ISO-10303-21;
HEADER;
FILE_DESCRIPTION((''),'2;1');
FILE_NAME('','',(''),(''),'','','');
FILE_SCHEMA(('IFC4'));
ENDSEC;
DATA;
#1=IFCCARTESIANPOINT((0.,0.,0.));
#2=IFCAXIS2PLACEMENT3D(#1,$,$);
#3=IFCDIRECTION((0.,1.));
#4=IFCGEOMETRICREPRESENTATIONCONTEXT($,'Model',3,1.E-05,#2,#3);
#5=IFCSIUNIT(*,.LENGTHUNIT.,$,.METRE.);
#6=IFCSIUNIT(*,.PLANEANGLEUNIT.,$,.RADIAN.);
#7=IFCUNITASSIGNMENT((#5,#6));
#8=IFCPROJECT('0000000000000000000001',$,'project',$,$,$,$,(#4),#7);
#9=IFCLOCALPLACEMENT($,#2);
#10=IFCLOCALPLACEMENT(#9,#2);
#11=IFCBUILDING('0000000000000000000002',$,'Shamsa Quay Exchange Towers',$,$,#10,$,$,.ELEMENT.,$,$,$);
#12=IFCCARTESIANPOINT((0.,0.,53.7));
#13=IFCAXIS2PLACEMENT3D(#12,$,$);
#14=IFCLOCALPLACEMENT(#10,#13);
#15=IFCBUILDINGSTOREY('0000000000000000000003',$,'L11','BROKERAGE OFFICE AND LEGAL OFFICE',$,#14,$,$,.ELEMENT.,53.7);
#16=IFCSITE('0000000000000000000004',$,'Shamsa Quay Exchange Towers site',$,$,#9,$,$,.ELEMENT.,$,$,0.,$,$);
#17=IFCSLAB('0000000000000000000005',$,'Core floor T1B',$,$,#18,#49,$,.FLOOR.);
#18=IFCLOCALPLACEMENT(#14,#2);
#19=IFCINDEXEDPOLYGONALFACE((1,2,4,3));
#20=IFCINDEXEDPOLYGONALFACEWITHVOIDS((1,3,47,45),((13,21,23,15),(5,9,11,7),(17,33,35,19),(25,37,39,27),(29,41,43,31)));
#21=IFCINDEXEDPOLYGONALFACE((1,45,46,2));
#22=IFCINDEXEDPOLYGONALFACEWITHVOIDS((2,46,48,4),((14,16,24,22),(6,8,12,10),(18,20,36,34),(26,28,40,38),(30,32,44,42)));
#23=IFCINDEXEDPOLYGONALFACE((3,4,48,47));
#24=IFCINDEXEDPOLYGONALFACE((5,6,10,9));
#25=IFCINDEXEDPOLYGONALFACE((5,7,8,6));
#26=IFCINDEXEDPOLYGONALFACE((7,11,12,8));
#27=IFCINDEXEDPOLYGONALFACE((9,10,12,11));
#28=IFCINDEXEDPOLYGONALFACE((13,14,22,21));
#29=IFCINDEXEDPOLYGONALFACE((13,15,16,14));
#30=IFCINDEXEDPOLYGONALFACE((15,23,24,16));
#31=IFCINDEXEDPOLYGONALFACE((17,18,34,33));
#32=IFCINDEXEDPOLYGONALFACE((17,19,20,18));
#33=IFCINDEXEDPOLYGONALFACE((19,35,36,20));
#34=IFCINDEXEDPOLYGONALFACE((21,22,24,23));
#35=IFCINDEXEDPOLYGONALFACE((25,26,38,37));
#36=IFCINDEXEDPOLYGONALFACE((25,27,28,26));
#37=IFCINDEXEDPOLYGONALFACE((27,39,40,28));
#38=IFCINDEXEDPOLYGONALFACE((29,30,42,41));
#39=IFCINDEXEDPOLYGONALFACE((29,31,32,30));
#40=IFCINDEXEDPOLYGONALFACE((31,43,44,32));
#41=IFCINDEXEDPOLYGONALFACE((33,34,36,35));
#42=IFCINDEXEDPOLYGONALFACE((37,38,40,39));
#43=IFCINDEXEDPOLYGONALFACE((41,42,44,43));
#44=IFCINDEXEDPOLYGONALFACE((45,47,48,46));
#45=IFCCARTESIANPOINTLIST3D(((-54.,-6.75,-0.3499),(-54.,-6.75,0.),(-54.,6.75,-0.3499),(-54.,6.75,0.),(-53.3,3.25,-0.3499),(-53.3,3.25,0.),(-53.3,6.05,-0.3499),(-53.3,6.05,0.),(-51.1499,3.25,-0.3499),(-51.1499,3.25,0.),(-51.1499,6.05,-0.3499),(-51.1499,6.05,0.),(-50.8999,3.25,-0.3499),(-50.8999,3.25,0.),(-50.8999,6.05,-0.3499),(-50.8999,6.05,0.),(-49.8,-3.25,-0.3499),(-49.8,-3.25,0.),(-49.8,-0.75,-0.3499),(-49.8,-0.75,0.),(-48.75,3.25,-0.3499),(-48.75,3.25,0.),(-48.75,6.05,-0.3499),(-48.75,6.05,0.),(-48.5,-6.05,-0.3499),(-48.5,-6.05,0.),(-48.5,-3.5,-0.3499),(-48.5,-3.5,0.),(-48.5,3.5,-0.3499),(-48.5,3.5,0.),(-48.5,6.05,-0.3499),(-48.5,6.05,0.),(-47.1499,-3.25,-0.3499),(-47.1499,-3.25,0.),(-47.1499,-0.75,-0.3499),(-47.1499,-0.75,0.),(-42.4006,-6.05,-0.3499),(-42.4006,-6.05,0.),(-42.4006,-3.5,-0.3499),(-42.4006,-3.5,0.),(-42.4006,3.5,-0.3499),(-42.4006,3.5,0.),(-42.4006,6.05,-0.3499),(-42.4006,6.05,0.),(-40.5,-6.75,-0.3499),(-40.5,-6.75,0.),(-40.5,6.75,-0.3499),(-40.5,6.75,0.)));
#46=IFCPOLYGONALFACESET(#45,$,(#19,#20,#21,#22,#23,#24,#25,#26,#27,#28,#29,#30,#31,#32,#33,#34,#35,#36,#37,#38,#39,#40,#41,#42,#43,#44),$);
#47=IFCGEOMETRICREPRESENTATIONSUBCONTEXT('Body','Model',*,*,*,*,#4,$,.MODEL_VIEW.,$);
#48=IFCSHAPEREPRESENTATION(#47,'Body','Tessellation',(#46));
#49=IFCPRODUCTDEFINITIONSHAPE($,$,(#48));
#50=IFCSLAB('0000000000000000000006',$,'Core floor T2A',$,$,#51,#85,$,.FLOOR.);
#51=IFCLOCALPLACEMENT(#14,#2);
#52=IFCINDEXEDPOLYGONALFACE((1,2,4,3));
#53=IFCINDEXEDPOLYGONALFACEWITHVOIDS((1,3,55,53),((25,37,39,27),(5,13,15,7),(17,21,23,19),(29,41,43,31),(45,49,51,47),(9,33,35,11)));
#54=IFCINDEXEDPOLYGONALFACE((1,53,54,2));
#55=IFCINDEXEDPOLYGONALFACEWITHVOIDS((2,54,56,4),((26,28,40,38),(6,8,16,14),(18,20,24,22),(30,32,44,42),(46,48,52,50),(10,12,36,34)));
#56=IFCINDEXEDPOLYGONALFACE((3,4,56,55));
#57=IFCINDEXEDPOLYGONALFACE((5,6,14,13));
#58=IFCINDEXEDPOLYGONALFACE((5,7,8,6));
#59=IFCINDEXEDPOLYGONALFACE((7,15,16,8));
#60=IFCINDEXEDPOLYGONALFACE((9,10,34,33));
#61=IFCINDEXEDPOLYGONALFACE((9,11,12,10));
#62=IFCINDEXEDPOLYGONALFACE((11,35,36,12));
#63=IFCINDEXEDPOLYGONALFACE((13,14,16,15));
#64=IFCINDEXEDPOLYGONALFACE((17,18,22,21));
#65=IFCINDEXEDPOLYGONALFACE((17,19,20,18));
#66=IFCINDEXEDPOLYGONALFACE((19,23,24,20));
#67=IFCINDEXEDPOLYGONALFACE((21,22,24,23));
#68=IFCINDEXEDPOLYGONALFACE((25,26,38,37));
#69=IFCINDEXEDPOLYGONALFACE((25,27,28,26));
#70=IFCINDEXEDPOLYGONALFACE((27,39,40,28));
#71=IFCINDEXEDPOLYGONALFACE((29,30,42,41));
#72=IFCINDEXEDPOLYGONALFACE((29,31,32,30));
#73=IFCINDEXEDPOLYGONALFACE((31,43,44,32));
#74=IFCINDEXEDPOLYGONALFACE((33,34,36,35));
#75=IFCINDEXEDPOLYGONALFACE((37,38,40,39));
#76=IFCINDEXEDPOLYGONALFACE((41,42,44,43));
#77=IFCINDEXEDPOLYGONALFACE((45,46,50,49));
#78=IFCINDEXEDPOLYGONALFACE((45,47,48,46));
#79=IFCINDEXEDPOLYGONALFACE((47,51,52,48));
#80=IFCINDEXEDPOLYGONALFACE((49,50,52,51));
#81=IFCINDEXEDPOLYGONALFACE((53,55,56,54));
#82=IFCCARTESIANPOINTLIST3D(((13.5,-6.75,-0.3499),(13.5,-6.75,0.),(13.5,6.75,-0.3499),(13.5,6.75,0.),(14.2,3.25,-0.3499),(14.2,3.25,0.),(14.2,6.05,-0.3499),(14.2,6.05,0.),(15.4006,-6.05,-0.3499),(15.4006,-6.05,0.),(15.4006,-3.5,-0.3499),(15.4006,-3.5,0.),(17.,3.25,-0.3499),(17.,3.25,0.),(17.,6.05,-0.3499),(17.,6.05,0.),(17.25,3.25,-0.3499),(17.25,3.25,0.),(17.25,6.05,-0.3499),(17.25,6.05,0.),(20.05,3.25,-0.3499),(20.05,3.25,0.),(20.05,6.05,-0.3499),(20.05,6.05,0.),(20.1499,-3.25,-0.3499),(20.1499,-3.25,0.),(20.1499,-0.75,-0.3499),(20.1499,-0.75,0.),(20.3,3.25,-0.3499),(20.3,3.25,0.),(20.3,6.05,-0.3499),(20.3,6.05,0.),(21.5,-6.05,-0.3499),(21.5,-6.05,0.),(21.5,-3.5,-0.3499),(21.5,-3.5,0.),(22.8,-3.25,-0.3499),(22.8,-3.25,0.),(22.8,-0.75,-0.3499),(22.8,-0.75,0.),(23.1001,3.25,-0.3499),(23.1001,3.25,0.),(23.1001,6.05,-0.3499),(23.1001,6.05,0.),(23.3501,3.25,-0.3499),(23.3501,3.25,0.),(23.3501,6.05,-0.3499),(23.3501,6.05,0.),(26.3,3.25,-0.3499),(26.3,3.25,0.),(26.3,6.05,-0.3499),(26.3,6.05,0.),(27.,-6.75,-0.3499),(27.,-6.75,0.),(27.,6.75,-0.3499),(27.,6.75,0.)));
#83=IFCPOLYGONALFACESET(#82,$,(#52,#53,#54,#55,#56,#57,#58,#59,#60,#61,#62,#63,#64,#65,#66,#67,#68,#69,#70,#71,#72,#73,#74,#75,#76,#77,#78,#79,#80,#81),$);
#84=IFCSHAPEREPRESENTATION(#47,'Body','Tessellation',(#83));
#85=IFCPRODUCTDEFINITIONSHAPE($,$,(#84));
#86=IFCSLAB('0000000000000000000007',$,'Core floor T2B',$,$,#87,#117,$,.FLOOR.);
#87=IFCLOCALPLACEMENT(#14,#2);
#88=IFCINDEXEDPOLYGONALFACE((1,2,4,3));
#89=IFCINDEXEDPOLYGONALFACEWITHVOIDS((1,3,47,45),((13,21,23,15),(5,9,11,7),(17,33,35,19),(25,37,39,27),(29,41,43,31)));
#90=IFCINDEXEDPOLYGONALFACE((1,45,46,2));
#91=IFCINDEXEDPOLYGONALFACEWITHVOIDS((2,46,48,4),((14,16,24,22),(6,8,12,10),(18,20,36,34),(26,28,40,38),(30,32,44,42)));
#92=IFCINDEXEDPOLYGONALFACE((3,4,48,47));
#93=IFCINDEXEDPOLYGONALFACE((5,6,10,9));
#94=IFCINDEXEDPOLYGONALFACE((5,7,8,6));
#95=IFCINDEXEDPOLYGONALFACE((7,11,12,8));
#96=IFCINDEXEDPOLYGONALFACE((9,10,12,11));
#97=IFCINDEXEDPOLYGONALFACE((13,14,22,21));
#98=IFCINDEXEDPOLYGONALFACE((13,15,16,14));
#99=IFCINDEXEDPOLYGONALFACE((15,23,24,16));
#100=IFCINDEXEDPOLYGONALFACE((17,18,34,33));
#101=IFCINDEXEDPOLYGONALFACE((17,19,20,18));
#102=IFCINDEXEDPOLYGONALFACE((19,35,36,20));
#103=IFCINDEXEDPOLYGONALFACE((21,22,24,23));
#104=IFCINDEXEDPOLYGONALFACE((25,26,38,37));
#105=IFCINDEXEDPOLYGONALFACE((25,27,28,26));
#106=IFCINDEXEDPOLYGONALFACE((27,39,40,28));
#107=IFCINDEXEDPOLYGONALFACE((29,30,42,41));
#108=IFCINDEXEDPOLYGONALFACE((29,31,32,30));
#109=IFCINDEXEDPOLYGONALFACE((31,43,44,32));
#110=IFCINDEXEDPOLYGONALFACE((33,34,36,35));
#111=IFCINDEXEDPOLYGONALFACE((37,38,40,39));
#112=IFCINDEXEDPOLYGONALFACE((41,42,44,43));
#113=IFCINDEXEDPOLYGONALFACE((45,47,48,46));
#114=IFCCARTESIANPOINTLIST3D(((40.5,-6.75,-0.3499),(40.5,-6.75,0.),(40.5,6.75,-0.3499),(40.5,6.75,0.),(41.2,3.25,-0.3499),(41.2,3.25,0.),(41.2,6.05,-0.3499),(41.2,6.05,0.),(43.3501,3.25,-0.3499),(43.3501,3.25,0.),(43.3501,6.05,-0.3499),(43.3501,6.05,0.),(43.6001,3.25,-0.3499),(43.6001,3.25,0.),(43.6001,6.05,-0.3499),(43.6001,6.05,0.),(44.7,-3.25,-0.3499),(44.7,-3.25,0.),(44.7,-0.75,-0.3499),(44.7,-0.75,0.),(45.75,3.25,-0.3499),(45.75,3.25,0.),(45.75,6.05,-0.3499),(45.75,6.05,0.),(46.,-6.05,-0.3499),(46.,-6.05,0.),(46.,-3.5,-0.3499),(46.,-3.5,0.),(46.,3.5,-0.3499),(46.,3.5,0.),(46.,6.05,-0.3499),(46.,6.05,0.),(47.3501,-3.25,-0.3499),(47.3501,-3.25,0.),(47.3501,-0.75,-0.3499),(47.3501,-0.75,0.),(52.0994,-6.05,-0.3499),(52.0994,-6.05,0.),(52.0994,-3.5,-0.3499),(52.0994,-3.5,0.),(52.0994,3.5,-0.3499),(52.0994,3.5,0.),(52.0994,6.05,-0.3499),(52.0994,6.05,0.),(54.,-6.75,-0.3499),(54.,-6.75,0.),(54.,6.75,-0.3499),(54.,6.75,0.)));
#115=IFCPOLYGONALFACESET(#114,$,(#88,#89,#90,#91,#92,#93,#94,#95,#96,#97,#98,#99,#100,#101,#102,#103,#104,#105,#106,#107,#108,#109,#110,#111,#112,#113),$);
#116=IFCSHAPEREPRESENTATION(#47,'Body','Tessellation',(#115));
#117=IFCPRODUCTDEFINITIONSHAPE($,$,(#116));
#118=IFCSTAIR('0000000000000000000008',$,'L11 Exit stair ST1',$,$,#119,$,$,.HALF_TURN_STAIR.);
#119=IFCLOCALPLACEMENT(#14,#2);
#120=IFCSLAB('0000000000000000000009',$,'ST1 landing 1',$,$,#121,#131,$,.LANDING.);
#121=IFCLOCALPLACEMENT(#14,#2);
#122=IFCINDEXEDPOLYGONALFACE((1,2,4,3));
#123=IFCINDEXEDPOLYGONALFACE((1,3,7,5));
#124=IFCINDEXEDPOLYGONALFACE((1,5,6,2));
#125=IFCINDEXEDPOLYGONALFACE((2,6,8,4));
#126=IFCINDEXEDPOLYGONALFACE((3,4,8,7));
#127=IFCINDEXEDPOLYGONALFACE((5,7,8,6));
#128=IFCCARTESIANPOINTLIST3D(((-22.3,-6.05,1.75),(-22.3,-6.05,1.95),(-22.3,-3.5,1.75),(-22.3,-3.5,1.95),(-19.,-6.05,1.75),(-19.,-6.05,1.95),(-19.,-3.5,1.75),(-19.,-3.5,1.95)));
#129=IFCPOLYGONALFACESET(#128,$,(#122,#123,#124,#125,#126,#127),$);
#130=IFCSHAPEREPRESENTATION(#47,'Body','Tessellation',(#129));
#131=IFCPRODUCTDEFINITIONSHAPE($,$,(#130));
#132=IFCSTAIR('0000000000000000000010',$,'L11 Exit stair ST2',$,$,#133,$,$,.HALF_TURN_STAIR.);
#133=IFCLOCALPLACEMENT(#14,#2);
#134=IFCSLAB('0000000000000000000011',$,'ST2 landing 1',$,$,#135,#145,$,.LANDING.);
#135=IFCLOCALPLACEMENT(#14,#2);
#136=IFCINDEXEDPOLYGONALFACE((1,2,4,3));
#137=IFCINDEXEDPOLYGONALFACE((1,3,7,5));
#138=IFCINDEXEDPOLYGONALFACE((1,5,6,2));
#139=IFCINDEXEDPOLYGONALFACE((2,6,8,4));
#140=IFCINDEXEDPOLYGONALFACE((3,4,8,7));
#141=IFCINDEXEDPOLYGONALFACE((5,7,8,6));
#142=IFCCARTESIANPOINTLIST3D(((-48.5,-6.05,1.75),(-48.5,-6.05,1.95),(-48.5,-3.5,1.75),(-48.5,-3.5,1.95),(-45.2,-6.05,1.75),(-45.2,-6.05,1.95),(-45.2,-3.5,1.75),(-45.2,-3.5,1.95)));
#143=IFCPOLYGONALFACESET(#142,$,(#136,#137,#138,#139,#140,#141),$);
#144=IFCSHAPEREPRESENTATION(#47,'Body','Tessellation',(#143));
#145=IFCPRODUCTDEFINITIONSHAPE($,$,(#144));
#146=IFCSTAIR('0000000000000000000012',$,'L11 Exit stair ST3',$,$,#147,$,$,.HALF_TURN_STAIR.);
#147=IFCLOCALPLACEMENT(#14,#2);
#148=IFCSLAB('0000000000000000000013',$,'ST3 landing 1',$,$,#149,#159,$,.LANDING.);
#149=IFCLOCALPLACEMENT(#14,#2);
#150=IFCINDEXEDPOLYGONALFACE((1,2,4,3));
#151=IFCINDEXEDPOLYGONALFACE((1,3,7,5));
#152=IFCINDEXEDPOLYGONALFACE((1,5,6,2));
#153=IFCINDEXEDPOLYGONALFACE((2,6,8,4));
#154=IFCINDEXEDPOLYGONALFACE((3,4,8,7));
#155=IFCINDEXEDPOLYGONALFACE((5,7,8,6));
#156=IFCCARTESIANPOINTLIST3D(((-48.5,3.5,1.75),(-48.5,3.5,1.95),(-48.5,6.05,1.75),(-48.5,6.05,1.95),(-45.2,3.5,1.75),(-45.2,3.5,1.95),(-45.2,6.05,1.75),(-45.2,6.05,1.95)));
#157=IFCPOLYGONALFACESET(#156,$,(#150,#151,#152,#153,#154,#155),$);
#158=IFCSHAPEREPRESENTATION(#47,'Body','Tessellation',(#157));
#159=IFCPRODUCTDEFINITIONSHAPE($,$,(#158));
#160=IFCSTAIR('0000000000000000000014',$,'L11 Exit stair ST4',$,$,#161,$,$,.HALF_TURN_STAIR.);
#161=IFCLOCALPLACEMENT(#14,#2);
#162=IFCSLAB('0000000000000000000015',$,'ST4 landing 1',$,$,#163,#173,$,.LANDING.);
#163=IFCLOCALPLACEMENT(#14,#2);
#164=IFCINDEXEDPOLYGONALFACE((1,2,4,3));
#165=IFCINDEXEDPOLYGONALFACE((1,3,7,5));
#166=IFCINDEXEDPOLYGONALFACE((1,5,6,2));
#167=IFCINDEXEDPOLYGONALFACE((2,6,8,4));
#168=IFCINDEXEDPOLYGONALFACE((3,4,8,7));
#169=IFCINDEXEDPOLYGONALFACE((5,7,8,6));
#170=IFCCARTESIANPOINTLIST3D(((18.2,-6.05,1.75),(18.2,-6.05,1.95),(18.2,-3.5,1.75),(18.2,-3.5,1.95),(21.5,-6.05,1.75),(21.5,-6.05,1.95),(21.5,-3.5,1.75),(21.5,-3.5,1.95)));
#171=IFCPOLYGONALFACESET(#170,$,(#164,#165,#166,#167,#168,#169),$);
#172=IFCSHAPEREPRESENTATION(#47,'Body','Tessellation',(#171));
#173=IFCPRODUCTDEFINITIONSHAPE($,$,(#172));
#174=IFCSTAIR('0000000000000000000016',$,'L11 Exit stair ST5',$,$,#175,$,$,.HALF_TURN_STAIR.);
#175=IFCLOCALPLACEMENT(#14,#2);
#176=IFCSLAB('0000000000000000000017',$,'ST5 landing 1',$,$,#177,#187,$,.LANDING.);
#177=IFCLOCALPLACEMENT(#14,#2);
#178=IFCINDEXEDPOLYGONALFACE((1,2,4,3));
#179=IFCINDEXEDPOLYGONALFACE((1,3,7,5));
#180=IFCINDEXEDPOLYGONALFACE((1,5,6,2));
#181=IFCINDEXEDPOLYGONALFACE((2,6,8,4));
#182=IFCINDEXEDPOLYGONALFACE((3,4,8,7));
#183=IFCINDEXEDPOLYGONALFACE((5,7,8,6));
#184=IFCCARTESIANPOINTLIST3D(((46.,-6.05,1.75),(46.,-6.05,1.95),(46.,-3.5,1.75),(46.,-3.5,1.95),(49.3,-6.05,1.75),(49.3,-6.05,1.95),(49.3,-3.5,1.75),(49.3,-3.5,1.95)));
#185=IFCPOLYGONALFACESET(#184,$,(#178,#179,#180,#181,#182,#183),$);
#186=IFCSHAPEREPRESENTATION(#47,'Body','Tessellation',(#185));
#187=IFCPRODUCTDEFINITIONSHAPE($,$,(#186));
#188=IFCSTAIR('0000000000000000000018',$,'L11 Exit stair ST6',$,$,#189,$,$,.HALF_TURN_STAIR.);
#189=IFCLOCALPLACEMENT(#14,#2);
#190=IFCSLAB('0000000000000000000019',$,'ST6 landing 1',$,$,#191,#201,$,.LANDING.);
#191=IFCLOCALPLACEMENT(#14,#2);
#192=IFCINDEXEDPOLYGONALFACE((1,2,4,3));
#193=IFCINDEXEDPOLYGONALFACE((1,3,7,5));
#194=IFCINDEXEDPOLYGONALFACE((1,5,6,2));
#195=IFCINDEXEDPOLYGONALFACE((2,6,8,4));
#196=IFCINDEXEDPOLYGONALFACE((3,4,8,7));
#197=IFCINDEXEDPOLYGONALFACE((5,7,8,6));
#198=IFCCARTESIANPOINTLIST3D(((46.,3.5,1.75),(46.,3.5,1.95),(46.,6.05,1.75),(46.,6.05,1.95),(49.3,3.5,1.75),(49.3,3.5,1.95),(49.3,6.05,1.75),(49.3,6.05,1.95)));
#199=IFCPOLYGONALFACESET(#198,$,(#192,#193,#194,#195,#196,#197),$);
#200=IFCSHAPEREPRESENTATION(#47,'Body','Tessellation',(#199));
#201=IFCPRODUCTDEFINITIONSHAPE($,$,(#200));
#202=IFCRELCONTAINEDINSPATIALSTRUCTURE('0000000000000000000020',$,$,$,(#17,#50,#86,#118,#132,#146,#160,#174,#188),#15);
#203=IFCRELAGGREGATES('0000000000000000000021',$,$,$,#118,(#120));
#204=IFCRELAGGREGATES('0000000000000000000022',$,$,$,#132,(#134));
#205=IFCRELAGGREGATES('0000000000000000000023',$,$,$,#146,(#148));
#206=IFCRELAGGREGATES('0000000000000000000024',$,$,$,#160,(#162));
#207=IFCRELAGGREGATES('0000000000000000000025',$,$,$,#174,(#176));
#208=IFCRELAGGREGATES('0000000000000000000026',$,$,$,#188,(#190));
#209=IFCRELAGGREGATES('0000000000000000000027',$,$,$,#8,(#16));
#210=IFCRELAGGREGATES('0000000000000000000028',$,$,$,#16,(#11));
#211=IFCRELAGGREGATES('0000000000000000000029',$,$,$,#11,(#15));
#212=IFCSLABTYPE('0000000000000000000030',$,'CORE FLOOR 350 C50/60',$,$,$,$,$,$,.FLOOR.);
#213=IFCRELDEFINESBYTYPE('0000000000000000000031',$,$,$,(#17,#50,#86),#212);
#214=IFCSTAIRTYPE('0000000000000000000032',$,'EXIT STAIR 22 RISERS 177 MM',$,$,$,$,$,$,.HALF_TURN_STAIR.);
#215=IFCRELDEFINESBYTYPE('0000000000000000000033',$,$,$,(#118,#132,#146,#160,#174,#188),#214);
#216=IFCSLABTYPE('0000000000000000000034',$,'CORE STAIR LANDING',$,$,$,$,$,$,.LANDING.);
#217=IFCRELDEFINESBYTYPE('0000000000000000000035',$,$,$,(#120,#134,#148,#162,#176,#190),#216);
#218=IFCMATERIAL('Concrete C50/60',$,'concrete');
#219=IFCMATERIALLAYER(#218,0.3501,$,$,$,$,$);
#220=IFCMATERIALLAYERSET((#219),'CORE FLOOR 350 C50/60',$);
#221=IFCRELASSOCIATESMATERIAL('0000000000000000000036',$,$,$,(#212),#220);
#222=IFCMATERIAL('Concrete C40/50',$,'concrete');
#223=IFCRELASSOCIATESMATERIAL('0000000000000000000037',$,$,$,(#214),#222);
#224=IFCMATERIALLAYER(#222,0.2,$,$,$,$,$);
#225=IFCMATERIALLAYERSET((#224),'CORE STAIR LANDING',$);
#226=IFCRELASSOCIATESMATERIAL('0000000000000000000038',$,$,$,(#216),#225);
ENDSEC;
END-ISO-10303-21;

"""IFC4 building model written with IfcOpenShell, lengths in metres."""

from ifc_helpers import new_model, si_unit, direction, frame, origin, place, context, subcontext, project, spatial, polyline, outline, extrude, material, layer, layer_set, type_object, element, aggregate, save


model = new_model("IFC4")

# Units and contexts
model_context = context("Model", 3, precision=1e-05, world=origin(), true_north=direction((0.0, 1.0)))
body_context = subcontext(model_context, "Body", "Model", "MODEL_VIEW")
ifc_project = project(units=[si_unit("LENGTHUNIT", "METRE"), si_unit("PLANEANGLEUNIT", "RADIAN")], contexts=[model_context])

# Site, building, storey
site_placement = place(None, origin())
site = spatial("IfcSite", under=ifc_project, at=site_placement, Name="Shamsa Quay Exchange Towers site", CompositionType="ELEMENT", RefElevation=0.0)
building_placement = place(site_placement, origin())
building = spatial("IfcBuilding", under=site, at=building_placement, Name="Shamsa Quay Exchange Towers", CompositionType="ELEMENT")
storey_placement = place(building_placement, frame((0.0, 0.0, 53.7)))
storey = spatial("IfcBuildingStorey", under=building, at=storey_placement, Name="L11", Description="BROKERAGE OFFICE AND LEGAL OFFICE", CompositionType="ELEMENT", Elevation=53.7)

# Slabs
ifc_material_1 = material(Name="Concrete C50/60", Category="concrete")
ifc_layer_1 = layer(ifc_material_1, 0.3501)
ifc_layer_set_1 = layer_set([ifc_layer_1], Name="CORE FLOOR 350 C50/60")
slab_type_1 = type_object("IfcSlabType", Name="CORE FLOOR 350 C50/60", PredefinedType="FLOOR", material=ifc_layer_set_1)
slab_1_placement = place(storey_placement, frame((0.0, 0.0, -0.3499)))
element("IfcSlab", 1, at=slab_1_placement, inside=storey, type_object=slab_type_1, Name="Core floor T1B", PredefinedType="FLOOR", context=body_context, shape_type="SweptSolid", body=[
    extrude(outline(polyline([(-40.5, -6.75), (-40.5, 6.75), (-54.0, 6.75), (-54.0, -6.75), (-40.5, -6.75)]), holes=[polyline([(-42.4006, -3.5), (-42.4006, -6.05), (-48.5, -6.05), (-48.5, -3.5), (-42.4006, -3.5)]), polyline([(-42.4006, 6.05), (-42.4006, 3.5), (-48.5, 3.5), (-48.5, 6.05), (-42.4006, 6.05)]), polyline([(-48.75, 3.25), (-50.8999, 3.25), (-50.8999, 6.05), (-48.75, 6.05), (-48.75, 3.25)]), polyline([(-51.1499, 3.25), (-53.3, 3.25), (-53.3, 6.05), (-51.1499, 6.05), (-51.1499, 3.25)]), polyline([(-47.1499, -3.25), (-49.8, -3.25), (-49.8, -0.75), (-47.1499, -0.75), (-47.1499, -3.25)])]), origin(), (0.0, 0.0, 1.0), 0.3499),
])
slab_2_placement = place(storey_placement, frame((0.0, 0.0, -0.3499)))
element("IfcSlab", 2, at=slab_2_placement, inside=storey, type_object=slab_type_1, Name="Core floor T2A", PredefinedType="FLOOR", context=body_context, shape_type="SweptSolid", body=[
    extrude(outline(polyline([(13.5, -6.75), (27.0, -6.75), (27.0, 6.75), (13.5, 6.75), (13.5, -6.75)]), holes=[polyline([(15.4006, -6.05), (15.4006, -3.5), (21.5, -3.5), (21.5, -6.05), (15.4006, -6.05)]), polyline([(14.2, 3.25), (14.2, 6.05), (17.0, 6.05), (17.0, 3.25), (14.2, 3.25)]), polyline([(17.25, 3.25), (17.25, 6.05), (20.05, 6.05), (20.05, 3.25), (17.25, 3.25)]), polyline([(20.3, 3.25), (20.3, 6.05), (23.1001, 6.05), (23.1001, 3.25), (20.3, 3.25)]), polyline([(23.3501, 3.25), (23.3501, 6.05), (26.3, 6.05), (26.3, 3.25), (23.3501, 3.25)]), polyline([(20.1499, -3.25), (20.1499, -0.75), (22.8, -0.75), (22.8, -3.25), (20.1499, -3.25)])]), origin(), (0.0, 0.0, 1.0), 0.3499),
])
slab_3_placement = place(storey_placement, frame((0.0, 0.0, -0.3499)))
element("IfcSlab", 3, at=slab_3_placement, inside=storey, type_object=slab_type_1, Name="Core floor T2B", PredefinedType="FLOOR", context=body_context, shape_type="SweptSolid", body=[
    extrude(outline(polyline([(54.0, -6.75), (54.0, 6.75), (40.5, 6.75), (40.5, -6.75), (54.0, -6.75)]), holes=[polyline([(52.0994, -3.5), (52.0994, -6.05), (46.0, -6.05), (46.0, -3.5), (52.0994, -3.5)]), polyline([(52.0994, 6.05), (52.0994, 3.5), (46.0, 3.5), (46.0, 6.05), (52.0994, 6.05)]), polyline([(45.75, 3.25), (43.6001, 3.25), (43.6001, 6.05), (45.75, 6.05), (45.75, 3.25)]), polyline([(43.3501, 3.25), (41.2, 3.25), (41.2, 6.05), (43.3501, 6.05), (43.3501, 3.25)]), polyline([(47.3501, -3.25), (44.7, -3.25), (44.7, -0.75), (47.3501, -0.75), (47.3501, -3.25)])]), origin(), (0.0, 0.0, 1.0), 0.3499),
])

# Stairs, slabs
ifc_material_2 = material(Name="Concrete C40/50", Category="concrete")
stair_type = type_object("IfcStairType", Name="EXIT STAIR 22 RISERS 177 MM", PredefinedType="HALF_TURN_STAIR", material=ifc_material_2)
stair_1_placement = place(storey_placement, origin())
stair_1 = element("IfcStair", 4, at=stair_1_placement, inside=storey, type_object=stair_type, Name="L11 Exit stair ST1", PredefinedType="HALF_TURN_STAIR")
ifc_layer_2 = layer(ifc_material_2, 0.2)
ifc_layer_set_2 = layer_set([ifc_layer_2], Name="CORE STAIR LANDING")
slab_type_2 = type_object("IfcSlabType", Name="CORE STAIR LANDING", PredefinedType="LANDING", material=ifc_layer_set_2)
slab_4_placement = place(storey_placement, frame((0.0, 0.0, 1.75)))
slab_4 = element("IfcSlab", 5, at=slab_4_placement, type_object=slab_type_2, Name="ST1 landing 1", PredefinedType="LANDING", context=body_context, shape_type="SweptSolid", body=[
    extrude(outline(polyline([(-22.3, -6.05), (-19.0, -6.05), (-19.0, -3.5), (-22.3, -3.5), (-22.3, -6.05)])), origin(), (0.0, 0.0, 1.0), 0.2),
])
aggregate(stair_1, [slab_4])
stair_2_placement = place(storey_placement, origin())
stair_2 = element("IfcStair", 6, at=stair_2_placement, inside=storey, type_object=stair_type, Name="L11 Exit stair ST2", PredefinedType="HALF_TURN_STAIR")
slab_5_placement = place(storey_placement, frame((0.0, 0.0, 1.75)))
slab_5 = element("IfcSlab", 7, at=slab_5_placement, type_object=slab_type_2, Name="ST2 landing 1", PredefinedType="LANDING", context=body_context, shape_type="SweptSolid", body=[
    extrude(outline(polyline([(-45.2, -3.5), (-48.5, -3.5), (-48.5, -6.05), (-45.2, -6.05), (-45.2, -3.5)])), origin(), (0.0, 0.0, 1.0), 0.2),
])
aggregate(stair_2, [slab_5])
stair_3_placement = place(storey_placement, origin())
stair_3 = element("IfcStair", 8, at=stair_3_placement, inside=storey, type_object=stair_type, Name="L11 Exit stair ST3", PredefinedType="HALF_TURN_STAIR")
slab_6_placement = place(storey_placement, frame((0.0, 0.0, 1.75)))
slab_6 = element("IfcSlab", 9, at=slab_6_placement, type_object=slab_type_2, Name="ST3 landing 1", PredefinedType="LANDING", context=body_context, shape_type="SweptSolid", body=[
    extrude(outline(polyline([(-45.2, 6.05), (-48.5, 6.05), (-48.5, 3.5), (-45.2, 3.5), (-45.2, 6.05)])), origin(), (0.0, 0.0, 1.0), 0.2),
])
aggregate(stair_3, [slab_6])
stair_4_placement = place(storey_placement, origin())
stair_4 = element("IfcStair", 10, at=stair_4_placement, inside=storey, type_object=stair_type, Name="L11 Exit stair ST4", PredefinedType="HALF_TURN_STAIR")
slab_7_placement = place(storey_placement, frame((0.0, 0.0, 1.75)))
slab_7 = element("IfcSlab", 11, at=slab_7_placement, type_object=slab_type_2, Name="ST4 landing 1", PredefinedType="LANDING", context=body_context, shape_type="SweptSolid", body=[
    extrude(outline(polyline([(18.2, -6.05), (21.5, -6.05), (21.5, -3.5), (18.2, -3.5), (18.2, -6.05)])), origin(), (0.0, 0.0, 1.0), 0.2),
])
aggregate(stair_4, [slab_7])
stair_5_placement = place(storey_placement, origin())
stair_5 = element("IfcStair", 12, at=stair_5_placement, inside=storey, type_object=stair_type, Name="L11 Exit stair ST5", PredefinedType="HALF_TURN_STAIR")
slab_8_placement = place(storey_placement, frame((0.0, 0.0, 1.75)))
slab_8 = element("IfcSlab", 13, at=slab_8_placement, type_object=slab_type_2, Name="ST5 landing 1", PredefinedType="LANDING", context=body_context, shape_type="SweptSolid", body=[
    extrude(outline(polyline([(49.3, -3.5), (46.0, -3.5), (46.0, -6.05), (49.3, -6.05), (49.3, -3.5)])), origin(), (0.0, 0.0, 1.0), 0.2),
])
aggregate(stair_5, [slab_8])
stair_6_placement = place(storey_placement, origin())
stair_6 = element("IfcStair", 14, at=stair_6_placement, inside=storey, type_object=stair_type, Name="L11 Exit stair ST6", PredefinedType="HALF_TURN_STAIR")
slab_9_placement = place(storey_placement, frame((0.0, 0.0, 1.75)))
slab_9 = element("IfcSlab", 15, at=slab_9_placement, type_object=slab_type_2, Name="ST6 landing 1", PredefinedType="LANDING", context=body_context, shape_type="SweptSolid", body=[
    extrude(outline(polyline([(49.3, 6.05), (46.0, 6.05), (46.0, 3.5), (49.3, 3.5), (49.3, 6.05)])), origin(), (0.0, 0.0, 1.0), 0.2),
])
aggregate(stair_6, [slab_9])

save(model, "model.ifc")
